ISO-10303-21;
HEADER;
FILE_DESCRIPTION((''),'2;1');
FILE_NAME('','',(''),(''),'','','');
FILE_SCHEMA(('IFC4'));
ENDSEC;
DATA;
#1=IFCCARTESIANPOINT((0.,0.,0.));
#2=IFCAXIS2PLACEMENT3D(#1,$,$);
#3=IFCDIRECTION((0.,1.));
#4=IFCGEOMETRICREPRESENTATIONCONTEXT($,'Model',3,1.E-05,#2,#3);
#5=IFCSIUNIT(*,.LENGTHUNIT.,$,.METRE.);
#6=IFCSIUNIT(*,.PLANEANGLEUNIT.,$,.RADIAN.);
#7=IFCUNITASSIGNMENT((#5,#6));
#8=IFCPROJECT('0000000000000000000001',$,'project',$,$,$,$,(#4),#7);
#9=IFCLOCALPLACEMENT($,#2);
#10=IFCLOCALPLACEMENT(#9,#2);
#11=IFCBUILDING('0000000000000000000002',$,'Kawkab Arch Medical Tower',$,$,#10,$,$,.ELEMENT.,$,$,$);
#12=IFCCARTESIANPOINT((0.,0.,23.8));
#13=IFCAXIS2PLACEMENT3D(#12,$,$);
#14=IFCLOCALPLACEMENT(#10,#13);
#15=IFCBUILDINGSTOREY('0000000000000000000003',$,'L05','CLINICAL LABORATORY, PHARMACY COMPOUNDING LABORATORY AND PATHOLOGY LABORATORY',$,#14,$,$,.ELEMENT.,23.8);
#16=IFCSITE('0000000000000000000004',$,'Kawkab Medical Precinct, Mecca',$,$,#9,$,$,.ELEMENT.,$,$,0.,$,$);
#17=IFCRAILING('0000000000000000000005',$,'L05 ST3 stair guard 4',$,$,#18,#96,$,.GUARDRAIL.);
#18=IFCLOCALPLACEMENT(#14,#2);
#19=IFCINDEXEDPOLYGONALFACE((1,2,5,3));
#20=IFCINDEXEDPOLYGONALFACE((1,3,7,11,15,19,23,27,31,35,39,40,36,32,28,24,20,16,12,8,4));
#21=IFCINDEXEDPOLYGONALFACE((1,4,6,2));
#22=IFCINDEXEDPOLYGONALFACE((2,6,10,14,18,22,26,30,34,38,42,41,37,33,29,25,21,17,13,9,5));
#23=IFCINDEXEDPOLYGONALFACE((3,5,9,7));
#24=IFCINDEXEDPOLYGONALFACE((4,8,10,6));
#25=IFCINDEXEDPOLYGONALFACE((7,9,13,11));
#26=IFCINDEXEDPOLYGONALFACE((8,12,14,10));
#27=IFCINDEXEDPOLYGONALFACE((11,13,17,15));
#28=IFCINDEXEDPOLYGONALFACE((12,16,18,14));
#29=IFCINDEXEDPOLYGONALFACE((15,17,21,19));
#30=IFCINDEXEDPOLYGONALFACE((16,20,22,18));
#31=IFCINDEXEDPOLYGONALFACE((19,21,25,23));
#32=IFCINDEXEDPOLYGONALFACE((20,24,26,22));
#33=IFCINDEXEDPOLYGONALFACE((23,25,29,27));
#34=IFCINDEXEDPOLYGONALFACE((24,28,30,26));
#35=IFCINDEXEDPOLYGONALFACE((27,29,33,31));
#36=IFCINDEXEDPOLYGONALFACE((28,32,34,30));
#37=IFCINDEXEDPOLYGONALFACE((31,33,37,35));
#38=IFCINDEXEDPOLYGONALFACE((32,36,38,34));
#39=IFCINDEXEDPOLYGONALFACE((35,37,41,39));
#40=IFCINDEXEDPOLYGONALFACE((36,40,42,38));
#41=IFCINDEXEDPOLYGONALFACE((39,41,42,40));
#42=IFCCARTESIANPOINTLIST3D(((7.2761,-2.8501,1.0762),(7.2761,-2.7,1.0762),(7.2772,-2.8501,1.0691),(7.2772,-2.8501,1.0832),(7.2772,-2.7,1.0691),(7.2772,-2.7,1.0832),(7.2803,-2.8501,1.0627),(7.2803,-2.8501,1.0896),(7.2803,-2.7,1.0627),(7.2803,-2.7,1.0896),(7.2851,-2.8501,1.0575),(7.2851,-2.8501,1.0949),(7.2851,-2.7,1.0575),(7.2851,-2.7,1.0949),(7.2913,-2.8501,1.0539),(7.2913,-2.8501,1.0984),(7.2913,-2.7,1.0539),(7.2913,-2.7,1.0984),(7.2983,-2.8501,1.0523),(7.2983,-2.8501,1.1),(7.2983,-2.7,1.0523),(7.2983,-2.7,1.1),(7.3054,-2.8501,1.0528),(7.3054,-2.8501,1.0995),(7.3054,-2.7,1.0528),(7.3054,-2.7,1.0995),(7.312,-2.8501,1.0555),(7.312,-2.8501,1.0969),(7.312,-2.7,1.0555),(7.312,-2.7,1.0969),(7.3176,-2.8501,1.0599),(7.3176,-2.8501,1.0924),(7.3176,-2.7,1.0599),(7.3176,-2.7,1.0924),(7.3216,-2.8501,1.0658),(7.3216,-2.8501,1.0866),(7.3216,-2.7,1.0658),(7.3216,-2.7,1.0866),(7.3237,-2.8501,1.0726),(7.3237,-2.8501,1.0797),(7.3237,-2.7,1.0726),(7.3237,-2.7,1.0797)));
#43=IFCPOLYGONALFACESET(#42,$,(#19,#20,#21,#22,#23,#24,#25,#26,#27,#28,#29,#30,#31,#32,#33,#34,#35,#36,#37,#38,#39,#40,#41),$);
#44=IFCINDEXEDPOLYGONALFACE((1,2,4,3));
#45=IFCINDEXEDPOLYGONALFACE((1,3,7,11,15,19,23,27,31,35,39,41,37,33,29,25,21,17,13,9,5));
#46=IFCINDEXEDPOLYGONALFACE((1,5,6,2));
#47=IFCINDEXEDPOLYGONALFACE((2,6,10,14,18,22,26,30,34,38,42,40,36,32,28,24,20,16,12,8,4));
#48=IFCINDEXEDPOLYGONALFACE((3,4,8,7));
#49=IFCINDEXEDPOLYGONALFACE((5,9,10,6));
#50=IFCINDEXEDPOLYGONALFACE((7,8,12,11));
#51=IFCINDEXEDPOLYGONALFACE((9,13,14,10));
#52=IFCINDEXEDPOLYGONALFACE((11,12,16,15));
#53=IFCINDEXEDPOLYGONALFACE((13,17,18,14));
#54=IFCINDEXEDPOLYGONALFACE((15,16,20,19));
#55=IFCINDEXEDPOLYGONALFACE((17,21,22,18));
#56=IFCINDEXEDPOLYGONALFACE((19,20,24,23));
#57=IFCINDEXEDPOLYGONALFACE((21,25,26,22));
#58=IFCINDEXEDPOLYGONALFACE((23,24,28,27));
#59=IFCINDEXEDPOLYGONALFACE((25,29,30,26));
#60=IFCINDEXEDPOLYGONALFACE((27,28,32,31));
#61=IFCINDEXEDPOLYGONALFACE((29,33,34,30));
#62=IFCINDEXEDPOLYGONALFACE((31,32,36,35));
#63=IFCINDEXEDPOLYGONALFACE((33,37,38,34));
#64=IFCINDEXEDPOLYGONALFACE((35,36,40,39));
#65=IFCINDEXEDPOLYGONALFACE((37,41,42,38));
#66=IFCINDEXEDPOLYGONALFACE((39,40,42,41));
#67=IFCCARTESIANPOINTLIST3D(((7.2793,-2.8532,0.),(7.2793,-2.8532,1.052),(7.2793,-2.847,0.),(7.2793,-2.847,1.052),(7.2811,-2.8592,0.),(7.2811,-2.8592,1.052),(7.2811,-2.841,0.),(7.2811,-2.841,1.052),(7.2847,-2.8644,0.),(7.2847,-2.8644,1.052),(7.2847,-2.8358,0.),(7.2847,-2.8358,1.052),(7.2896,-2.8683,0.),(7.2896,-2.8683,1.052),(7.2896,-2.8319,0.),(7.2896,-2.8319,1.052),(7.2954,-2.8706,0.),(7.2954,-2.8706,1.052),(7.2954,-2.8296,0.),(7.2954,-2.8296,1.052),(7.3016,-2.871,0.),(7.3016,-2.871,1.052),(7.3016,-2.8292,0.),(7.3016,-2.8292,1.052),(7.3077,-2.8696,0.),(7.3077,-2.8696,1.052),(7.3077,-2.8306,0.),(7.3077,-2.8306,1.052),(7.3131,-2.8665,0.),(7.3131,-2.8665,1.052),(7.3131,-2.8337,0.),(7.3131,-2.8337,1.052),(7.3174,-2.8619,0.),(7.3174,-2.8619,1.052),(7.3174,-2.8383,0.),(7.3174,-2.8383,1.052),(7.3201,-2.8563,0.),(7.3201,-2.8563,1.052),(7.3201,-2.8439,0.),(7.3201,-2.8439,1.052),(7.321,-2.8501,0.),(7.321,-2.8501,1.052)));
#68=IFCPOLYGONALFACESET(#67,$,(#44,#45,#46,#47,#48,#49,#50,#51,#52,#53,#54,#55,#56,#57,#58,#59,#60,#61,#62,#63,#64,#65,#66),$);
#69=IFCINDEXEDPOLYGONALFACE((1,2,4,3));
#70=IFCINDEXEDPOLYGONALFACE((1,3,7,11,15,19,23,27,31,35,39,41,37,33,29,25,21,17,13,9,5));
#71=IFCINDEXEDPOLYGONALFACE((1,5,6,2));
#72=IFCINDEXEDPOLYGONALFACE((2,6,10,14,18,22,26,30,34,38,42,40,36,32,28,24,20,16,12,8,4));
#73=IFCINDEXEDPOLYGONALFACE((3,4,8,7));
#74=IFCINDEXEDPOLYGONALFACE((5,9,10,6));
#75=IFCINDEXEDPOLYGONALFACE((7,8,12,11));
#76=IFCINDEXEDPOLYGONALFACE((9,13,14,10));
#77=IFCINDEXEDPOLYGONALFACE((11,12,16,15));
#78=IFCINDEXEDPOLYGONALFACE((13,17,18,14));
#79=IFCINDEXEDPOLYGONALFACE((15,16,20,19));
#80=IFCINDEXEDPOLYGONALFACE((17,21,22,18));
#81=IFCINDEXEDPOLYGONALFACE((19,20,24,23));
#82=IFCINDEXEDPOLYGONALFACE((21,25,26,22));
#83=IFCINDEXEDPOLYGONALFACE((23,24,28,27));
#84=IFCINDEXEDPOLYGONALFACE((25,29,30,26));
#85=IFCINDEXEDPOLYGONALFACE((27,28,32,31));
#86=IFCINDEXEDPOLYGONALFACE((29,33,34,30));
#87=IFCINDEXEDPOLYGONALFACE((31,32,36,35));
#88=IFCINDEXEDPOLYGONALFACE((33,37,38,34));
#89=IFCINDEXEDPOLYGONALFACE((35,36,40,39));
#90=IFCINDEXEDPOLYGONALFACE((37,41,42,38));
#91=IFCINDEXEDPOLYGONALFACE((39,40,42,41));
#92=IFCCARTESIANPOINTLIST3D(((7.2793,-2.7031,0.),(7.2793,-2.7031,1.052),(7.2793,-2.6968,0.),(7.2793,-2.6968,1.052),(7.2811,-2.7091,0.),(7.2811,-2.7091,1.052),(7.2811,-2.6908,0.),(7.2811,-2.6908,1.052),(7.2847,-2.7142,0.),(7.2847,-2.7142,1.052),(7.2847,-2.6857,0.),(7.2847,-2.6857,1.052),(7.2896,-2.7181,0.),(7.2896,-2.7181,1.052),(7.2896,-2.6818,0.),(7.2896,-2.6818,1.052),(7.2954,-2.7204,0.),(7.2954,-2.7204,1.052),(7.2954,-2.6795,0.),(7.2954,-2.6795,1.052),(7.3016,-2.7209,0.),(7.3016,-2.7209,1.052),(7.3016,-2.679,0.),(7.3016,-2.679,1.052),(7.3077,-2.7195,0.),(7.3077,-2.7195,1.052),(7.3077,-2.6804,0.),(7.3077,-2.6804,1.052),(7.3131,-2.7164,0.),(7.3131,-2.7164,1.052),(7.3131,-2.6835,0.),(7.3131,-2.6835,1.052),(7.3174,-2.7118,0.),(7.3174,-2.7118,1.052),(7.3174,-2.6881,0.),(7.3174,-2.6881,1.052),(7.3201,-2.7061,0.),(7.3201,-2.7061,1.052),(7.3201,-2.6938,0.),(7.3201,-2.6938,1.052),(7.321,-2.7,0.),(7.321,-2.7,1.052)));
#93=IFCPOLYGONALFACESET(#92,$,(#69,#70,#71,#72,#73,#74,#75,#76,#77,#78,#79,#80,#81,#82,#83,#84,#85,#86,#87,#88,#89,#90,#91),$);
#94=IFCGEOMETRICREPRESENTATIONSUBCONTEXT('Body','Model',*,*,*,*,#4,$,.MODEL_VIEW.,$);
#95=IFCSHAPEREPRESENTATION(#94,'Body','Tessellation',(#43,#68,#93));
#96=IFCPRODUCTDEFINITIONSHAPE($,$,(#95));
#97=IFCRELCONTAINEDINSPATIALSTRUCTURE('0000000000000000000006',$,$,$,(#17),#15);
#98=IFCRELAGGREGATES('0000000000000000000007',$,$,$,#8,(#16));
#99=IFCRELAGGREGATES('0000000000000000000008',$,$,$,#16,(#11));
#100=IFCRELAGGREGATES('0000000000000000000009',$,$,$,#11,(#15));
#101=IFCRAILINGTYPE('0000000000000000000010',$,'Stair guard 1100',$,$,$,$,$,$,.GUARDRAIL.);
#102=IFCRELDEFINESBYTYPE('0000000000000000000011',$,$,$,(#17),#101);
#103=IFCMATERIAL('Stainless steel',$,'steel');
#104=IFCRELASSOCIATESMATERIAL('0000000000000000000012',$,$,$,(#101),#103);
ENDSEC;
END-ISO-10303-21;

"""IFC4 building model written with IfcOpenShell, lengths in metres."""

from ifc_helpers import new_model, si_unit, direction, frame, origin, origin_2d, place, context, subcontext, project, spatial, circle, extrude, material, type_object, element, save


model = new_model("IFC4")

# Units and contexts
model_context = context("Model", 3, precision=1e-05, world=origin(), true_north=direction((0.0, 1.0)))
body_context = subcontext(model_context, "Body", "Model", "MODEL_VIEW")
ifc_project = project(units=[si_unit("LENGTHUNIT", "METRE"), si_unit("PLANEANGLEUNIT", "RADIAN")], contexts=[model_context])

# Site, building, storey
site_placement = place(None, origin())
site = spatial("IfcSite", under=ifc_project, at=site_placement, Name="Kawkab Medical Precinct, Mecca", CompositionType="ELEMENT", RefElevation=0.0)
building_placement = place(site_placement, origin())
building = spatial("IfcBuilding", under=site, at=building_placement, Name="Kawkab Arch Medical Tower", CompositionType="ELEMENT")
storey_placement = place(building_placement, frame((0.0, 0.0, 23.8)))
storey = spatial("IfcBuildingStorey", under=building, at=storey_placement, Name="L05", Description="CLINICAL LABORATORY, PHARMACY COMPOUNDING LABORATORY AND PATHOLOGY LABORATORY", CompositionType="ELEMENT", Elevation=23.8)

# Railing
ifc_material_1 = material(Name="Stainless steel", Category="steel")
railing_type = type_object("IfcRailingType", Name="Stair guard 1100", PredefinedType="GUARDRAIL", material=ifc_material_1)
railing_1_placement = place(storey_placement, frame((7.3, -2.8501, 0.0)))
element("IfcRailing", 1, at=railing_1_placement, inside=storey, type_object=railing_type, Name="L05 ST3 stair guard 4", PredefinedType="GUARDRAIL", context=body_context, shape_type="SweptSolid", body=[
    extrude(circle(Radius=0.0239, at=origin_2d()), frame((0.0, 0.0, 1.0762), z_axis=(0.0, 1.0, 0.0), x_axis=(-1.0, 0.0, 0.0)), (0.0, 0.0, 1.0), 0.1501),
    extrude(circle(Radius=0.021, at=origin_2d()), origin(), (0.0, 0.0, 1.0), 1.052),
    extrude(circle(Radius=0.021, at=origin_2d()), frame((0.0, 0.1501, 0.0)), (0.0, 0.0, 1.0), 1.052),
])

save(model, "model.ifc")
